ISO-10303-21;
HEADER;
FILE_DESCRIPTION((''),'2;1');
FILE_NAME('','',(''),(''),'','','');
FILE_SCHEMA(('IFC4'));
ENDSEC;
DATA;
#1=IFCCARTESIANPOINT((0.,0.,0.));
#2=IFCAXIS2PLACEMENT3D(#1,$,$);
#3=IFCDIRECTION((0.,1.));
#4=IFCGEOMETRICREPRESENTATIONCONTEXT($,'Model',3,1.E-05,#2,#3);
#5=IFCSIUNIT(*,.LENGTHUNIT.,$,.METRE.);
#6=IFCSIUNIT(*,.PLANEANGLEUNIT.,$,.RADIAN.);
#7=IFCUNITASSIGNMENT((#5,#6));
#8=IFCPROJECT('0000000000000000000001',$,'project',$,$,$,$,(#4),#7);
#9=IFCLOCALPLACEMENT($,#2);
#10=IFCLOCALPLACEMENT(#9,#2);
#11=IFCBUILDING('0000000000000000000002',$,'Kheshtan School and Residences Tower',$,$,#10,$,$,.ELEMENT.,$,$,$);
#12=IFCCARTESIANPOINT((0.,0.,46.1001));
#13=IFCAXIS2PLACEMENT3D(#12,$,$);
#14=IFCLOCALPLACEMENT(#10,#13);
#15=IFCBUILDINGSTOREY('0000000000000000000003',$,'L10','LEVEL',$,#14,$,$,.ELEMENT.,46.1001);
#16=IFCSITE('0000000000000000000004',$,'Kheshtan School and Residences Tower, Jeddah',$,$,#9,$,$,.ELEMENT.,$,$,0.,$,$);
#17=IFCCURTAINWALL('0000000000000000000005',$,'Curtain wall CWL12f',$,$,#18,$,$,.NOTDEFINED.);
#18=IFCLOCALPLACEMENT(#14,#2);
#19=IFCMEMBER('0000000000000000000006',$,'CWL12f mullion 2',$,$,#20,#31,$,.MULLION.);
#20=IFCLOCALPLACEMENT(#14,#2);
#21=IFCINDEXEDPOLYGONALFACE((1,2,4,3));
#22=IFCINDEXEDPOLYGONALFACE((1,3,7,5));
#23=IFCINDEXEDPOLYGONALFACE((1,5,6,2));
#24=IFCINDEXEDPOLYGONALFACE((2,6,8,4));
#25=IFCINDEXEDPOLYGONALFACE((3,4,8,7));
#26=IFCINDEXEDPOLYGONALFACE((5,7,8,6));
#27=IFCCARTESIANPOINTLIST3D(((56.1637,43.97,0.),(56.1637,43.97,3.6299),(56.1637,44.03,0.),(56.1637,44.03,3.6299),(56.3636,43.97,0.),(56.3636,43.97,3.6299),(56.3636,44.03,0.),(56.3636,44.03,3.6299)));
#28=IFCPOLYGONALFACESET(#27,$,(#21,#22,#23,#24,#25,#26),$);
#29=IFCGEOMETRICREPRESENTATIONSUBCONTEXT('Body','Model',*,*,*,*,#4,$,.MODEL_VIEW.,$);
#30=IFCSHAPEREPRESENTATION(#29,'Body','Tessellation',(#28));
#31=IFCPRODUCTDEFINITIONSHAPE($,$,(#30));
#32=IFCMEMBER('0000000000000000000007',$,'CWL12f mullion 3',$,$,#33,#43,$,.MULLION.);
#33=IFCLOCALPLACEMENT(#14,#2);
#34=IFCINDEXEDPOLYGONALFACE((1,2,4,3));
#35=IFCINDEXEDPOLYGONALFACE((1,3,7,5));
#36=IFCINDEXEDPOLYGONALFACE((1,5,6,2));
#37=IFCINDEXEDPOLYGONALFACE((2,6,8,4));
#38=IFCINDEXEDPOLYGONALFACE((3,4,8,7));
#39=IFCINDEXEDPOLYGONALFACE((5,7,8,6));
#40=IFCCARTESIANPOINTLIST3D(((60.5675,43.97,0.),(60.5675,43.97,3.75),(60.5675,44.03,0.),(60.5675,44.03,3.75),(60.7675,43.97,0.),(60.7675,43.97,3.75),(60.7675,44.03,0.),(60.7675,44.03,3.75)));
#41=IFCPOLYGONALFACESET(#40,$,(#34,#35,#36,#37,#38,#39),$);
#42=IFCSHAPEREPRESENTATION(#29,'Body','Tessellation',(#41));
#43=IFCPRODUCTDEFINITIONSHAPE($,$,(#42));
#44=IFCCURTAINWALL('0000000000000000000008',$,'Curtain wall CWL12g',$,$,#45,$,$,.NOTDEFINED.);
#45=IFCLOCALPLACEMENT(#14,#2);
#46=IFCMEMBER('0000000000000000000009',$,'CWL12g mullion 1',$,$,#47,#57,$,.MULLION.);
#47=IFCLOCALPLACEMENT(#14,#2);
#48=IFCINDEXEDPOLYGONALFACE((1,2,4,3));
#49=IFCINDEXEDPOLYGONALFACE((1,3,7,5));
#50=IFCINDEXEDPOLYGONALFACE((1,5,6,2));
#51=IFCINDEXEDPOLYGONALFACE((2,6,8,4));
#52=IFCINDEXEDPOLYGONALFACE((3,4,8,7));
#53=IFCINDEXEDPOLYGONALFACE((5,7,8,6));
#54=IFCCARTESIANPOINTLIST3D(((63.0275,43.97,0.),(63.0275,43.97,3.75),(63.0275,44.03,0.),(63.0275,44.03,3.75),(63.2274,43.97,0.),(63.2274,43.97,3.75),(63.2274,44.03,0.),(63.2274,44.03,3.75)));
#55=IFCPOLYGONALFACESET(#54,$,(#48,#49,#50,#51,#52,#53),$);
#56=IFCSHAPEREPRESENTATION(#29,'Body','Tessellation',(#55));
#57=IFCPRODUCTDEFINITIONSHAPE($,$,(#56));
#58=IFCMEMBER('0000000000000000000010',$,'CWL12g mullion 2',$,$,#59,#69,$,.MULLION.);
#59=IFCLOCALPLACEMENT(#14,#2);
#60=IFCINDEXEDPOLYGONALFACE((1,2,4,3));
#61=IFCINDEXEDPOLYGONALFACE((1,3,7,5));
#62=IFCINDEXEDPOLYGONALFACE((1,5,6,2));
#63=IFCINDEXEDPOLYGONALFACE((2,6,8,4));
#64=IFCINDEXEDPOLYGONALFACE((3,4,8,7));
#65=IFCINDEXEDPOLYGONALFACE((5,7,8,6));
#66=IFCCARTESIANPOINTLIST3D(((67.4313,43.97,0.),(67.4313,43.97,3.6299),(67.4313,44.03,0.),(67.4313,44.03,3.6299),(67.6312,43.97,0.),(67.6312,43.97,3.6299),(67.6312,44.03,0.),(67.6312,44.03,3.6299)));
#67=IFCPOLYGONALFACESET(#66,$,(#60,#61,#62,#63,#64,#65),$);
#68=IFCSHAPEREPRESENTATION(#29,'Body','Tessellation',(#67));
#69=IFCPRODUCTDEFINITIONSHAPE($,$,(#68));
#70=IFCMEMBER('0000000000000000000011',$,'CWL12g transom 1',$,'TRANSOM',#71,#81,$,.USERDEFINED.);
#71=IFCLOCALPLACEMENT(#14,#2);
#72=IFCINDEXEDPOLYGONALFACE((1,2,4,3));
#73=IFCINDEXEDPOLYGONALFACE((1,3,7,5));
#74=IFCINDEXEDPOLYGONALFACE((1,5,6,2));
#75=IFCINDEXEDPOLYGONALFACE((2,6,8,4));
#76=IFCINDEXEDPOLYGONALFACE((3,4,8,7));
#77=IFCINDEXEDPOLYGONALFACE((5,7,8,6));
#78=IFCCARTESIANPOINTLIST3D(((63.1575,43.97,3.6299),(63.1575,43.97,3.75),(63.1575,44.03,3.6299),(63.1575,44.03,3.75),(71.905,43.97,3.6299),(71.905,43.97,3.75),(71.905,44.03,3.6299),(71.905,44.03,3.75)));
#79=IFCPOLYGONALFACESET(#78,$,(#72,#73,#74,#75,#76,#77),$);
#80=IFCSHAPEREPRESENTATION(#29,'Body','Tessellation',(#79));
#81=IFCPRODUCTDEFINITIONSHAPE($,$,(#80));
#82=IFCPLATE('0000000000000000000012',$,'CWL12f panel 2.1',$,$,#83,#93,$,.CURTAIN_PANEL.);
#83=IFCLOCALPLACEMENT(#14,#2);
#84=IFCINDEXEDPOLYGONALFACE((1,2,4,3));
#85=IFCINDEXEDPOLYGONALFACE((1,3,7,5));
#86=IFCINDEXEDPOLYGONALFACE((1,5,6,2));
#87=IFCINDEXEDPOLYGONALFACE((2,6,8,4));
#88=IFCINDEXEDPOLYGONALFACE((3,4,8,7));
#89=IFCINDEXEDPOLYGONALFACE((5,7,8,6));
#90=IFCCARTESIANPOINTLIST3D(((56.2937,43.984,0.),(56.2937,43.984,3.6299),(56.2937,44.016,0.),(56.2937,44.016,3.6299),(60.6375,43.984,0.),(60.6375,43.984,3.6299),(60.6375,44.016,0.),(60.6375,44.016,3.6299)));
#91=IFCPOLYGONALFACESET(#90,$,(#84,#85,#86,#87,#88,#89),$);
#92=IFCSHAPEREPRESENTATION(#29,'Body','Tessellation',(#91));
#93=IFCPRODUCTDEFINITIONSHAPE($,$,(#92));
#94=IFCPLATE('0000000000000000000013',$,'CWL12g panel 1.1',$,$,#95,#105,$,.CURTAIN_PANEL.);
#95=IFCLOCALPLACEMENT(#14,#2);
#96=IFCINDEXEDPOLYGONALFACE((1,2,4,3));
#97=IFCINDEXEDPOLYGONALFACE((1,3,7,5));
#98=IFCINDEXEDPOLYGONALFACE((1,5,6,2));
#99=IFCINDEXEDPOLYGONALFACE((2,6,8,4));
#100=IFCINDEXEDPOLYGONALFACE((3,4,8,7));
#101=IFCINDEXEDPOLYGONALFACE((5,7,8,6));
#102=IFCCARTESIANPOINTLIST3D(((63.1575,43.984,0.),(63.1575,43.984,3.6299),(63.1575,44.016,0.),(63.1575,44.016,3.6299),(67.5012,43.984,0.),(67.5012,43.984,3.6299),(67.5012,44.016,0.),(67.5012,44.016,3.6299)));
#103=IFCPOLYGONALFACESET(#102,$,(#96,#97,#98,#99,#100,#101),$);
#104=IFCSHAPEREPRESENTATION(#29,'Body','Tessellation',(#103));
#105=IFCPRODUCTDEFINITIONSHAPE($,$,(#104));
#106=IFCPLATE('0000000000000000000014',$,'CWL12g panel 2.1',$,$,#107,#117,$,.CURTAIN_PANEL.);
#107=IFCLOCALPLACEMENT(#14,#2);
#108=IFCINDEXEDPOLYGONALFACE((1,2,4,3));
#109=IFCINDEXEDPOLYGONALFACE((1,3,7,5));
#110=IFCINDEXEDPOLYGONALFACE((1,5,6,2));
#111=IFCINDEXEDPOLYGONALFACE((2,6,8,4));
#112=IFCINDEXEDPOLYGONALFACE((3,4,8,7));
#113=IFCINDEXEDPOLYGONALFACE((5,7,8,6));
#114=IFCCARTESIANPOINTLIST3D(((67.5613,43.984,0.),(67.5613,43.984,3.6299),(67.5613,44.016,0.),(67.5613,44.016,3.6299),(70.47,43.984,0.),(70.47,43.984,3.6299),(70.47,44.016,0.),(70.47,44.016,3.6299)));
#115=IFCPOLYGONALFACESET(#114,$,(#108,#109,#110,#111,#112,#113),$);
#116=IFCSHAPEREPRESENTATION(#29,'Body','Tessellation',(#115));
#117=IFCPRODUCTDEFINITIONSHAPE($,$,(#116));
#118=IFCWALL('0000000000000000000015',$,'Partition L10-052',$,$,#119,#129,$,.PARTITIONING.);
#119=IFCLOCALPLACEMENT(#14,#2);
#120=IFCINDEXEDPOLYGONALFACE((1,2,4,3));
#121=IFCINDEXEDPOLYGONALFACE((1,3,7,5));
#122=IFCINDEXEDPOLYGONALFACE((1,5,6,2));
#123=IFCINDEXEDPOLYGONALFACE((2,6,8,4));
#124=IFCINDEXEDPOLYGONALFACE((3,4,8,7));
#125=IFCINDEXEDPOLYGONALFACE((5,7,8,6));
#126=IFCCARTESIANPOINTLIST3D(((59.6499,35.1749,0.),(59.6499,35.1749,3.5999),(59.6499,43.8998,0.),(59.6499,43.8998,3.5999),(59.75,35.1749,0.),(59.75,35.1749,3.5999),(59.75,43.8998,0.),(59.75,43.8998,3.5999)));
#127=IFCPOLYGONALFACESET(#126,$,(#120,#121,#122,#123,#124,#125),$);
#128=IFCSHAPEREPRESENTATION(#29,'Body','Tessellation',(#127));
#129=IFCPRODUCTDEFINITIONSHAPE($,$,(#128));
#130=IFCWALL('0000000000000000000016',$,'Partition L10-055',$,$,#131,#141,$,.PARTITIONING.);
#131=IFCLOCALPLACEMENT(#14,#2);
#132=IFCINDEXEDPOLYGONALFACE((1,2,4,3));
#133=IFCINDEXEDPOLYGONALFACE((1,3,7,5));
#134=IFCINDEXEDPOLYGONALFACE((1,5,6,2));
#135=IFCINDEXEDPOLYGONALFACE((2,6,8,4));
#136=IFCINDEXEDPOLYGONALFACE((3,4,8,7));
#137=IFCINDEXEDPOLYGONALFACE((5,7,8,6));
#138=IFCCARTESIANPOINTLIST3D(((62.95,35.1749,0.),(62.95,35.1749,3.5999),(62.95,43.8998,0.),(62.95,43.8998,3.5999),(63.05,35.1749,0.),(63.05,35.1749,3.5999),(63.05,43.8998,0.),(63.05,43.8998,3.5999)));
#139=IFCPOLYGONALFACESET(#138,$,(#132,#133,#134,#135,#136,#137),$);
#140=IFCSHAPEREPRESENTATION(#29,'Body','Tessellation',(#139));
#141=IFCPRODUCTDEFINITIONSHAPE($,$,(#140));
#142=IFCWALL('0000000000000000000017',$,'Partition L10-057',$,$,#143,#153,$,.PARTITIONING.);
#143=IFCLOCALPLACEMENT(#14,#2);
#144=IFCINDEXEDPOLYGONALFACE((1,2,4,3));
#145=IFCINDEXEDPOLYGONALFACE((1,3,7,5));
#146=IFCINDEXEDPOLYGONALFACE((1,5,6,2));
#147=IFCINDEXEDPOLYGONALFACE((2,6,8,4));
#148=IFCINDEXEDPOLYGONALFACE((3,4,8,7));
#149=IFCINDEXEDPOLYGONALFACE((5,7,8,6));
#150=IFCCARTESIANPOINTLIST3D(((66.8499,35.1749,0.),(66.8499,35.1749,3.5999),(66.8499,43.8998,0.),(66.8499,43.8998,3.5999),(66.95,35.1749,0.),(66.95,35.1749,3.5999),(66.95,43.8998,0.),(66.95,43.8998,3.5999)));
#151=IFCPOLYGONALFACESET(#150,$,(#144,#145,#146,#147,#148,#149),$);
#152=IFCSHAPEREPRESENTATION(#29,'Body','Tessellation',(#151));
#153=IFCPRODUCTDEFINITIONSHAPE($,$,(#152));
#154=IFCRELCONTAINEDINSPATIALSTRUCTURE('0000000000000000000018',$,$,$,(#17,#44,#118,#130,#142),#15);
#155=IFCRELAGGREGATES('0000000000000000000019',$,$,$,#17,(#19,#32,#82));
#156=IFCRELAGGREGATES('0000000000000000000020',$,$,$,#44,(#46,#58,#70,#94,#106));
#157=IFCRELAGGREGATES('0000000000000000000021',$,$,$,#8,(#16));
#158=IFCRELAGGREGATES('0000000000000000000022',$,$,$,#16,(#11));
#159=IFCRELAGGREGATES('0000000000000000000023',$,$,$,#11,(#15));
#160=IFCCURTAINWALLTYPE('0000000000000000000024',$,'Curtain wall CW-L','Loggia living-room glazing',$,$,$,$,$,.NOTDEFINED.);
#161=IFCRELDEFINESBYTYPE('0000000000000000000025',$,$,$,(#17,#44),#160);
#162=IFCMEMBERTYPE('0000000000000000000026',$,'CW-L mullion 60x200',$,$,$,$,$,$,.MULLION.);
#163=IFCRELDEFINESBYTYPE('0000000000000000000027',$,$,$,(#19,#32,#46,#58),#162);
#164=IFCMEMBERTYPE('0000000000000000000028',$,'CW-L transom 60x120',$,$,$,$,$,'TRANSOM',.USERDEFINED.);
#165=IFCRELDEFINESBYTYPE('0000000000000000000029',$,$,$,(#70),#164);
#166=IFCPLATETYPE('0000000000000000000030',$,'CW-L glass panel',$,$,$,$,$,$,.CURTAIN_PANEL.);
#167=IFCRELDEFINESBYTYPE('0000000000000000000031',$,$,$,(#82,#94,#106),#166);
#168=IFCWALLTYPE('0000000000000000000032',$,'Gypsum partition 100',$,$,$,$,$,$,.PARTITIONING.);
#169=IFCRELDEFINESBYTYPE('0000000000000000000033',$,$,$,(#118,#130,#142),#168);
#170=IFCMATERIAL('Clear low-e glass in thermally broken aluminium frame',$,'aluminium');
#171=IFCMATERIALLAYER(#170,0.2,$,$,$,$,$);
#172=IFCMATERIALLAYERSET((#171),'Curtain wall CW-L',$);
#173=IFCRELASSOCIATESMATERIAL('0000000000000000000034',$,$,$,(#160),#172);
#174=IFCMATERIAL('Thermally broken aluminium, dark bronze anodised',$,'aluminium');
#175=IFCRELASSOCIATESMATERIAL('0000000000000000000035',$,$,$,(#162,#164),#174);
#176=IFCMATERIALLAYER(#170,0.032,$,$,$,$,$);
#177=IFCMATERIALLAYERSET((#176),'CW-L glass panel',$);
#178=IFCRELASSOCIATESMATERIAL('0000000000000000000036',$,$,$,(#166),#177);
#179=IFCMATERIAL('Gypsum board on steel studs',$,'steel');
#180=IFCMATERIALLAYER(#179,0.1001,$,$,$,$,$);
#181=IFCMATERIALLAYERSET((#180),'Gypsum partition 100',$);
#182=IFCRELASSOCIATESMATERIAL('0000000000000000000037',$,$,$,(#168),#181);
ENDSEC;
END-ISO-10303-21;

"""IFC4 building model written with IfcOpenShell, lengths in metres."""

from ifc_helpers import new_model, si_unit, direction, frame, frame_2d, origin, origin_2d, place, context, subcontext, project, spatial, rectangle, extrude, material, layer, layer_set, material_profile, profile_set, type_object, element, aggregate, save


model = new_model("IFC4")

# Units and contexts
model_context = context("Model", 3, precision=1e-05, world=origin(), true_north=direction((0.0, 1.0)))
body_context = subcontext(model_context, "Body", "Model", "MODEL_VIEW")
ifc_project = project(units=[si_unit("LENGTHUNIT", "METRE"), si_unit("PLANEANGLEUNIT", "RADIAN")], contexts=[model_context])

# Site, building, storey
site_placement = place(None, origin())
site = spatial("IfcSite", under=ifc_project, at=site_placement, Name="Kheshtan School and Residences Tower, Jeddah", CompositionType="ELEMENT", RefElevation=0.0)
building_placement = place(site_placement, origin())
building = spatial("IfcBuilding", under=site, at=building_placement, Name="Kheshtan School and Residences Tower", CompositionType="ELEMENT")
storey_placement = place(building_placement, frame((0.0, 0.0, 46.1001)))
storey = spatial("IfcBuildingStorey", under=building, at=storey_placement, Name="L10", Description="LEVEL", CompositionType="ELEMENT", Elevation=46.1001)

# Curtain walls, members
ifc_material_1 = material(Name="Clear low-e glass in thermally broken aluminium frame", Category="aluminium")
ifc_layer_1 = layer(ifc_material_1, 0.2)
ifc_layer_set_1 = layer_set([ifc_layer_1], Name="Curtain wall CW-L")
curtain_wall_type = type_object("IfcCurtainWallType", Name="Curtain wall CW-L", Description="Loggia living-room glazing", PredefinedType="NOTDEFINED", material=ifc_layer_set_1)
curtain_wall_1_placement = place(storey_placement, origin())
curtain_wall_1 = element("IfcCurtainWall", 1, at=curtain_wall_1_placement, inside=storey, type_object=curtain_wall_type, Name="Curtain wall CWL12f", PredefinedType="NOTDEFINED")
ifc_material_2 = material(Name="Thermally broken aluminium, dark bronze anodised", Category="aluminium")
ifc_material_profile_1 = material_profile(ifc_material_2, rectangle(XDim=0.0601, YDim=0.2, at=origin_2d()), Name="CW-L mullion 60x200")
ifc_profile_set_1 = profile_set([ifc_material_profile_1], Name="Thermally broken aluminium, dark bronze anodised")
member_type_1 = type_object("IfcMemberType", Name="CW-L mullion 60x200", PredefinedType="MULLION", material=ifc_profile_set_1)
member_1_placement = place(storey_placement, frame((56.2637, 44.0, 0.0), z_axis=(0.0, 0.0, 1.0), x_axis=(0.0, 1.0, 0.0)))
member_1 = element("IfcMember", 2, at=member_1_placement, type_object=member_type_1, Name="CWL12f mullion 2", PredefinedType="MULLION", context=body_context, shape_type="SweptSolid", body=[
    extrude(rectangle(XDim=0.0601, YDim=0.2, at=origin_2d()), origin(), (0.0, 0.0, 1.0), 3.6299),
])
member_2_placement = place(storey_placement, frame((60.6675, 44.0, 0.0), z_axis=(0.0, 0.0, 1.0), x_axis=(0.0, 1.0, 0.0)))
member_2 = element("IfcMember", 3, at=member_2_placement, type_object=member_type_1, Name="CWL12f mullion 3", PredefinedType="MULLION", context=body_context, shape_type="SweptSolid", body=[
    extrude(rectangle(XDim=0.0601, YDim=0.2, at=origin_2d()), origin(), (0.0, 0.0, 1.0), 3.75),
])
curtain_wall_2_placement = place(storey_placement, origin())
curtain_wall_2 = element("IfcCurtainWall", 4, at=curtain_wall_2_placement, inside=storey, type_object=curtain_wall_type, Name="Curtain wall CWL12g", PredefinedType="NOTDEFINED")
member_3_placement = place(storey_placement, frame((63.1274, 44.0, 0.0), z_axis=(0.0, 0.0, 1.0), x_axis=(0.0, 1.0, 0.0)))
member_3 = element("IfcMember", 5, at=member_3_placement, type_object=member_type_1, Name="CWL12g mullion 1", PredefinedType="MULLION", context=body_context, shape_type="SweptSolid", body=[
    extrude(rectangle(XDim=0.0601, YDim=0.2, at=origin_2d()), origin(), (0.0, 0.0, 1.0), 3.75),
])
member_4_placement = place(storey_placement, frame((67.5312, 44.0, 0.0), z_axis=(0.0, 0.0, 1.0), x_axis=(0.0, 1.0, 0.0)))
member_4 = element("IfcMember", 6, at=member_4_placement, type_object=member_type_1, Name="CWL12g mullion 2", PredefinedType="MULLION", context=body_context, shape_type="SweptSolid", body=[
    extrude(rectangle(XDim=0.0601, YDim=0.2, at=origin_2d()), origin(), (0.0, 0.0, 1.0), 3.6299),
])
ifc_material_profile_2 = material_profile(ifc_material_2, rectangle(XDim=0.0601, YDim=0.1201, at=origin_2d()), Name="CW-L transom 60x120")
ifc_profile_set_2 = profile_set([ifc_material_profile_2], Name="Thermally broken aluminium, dark bronze anodised")
member_type_2 = type_object("IfcMemberType", Name="CW-L transom 60x120", ElementType="TRANSOM", PredefinedType="USERDEFINED", material=ifc_profile_set_2)
member_5_placement = place(storey_placement, frame((63.1575, 44.0, 3.6899), z_axis=(1.0, 0.0, 0.0), x_axis=(0.0, 1.0, 0.0)))
member_5 = element("IfcMember", 7, at=member_5_placement, type_object=member_type_2, Name="CWL12g transom 1", ObjectType="TRANSOM", PredefinedType="USERDEFINED", context=body_context, shape_type="SweptSolid", body=[
    extrude(rectangle(XDim=0.0601, YDim=0.1201, at=origin_2d()), origin(), (0.0, 0.0, 1.0), 8.7476),
])

# Plates
ifc_layer_2 = layer(ifc_material_1, 0.032)
ifc_layer_set_2 = layer_set([ifc_layer_2], Name="CW-L glass panel")
plate_type = type_object("IfcPlateType", Name="CW-L glass panel", PredefinedType="CURTAIN_PANEL", material=ifc_layer_set_2)
plate_1_placement = place(storey_placement, frame((58.4656, 44.0, 0.0), z_axis=(0.0, 0.0, 1.0), x_axis=(1.0, 0.0, 0.0)))
plate_1 = element("IfcPlate", 8, at=plate_1_placement, type_object=plate_type, Name="CWL12f panel 2.1", PredefinedType="CURTAIN_PANEL", context=body_context, shape_type="SweptSolid", body=[
    extrude(rectangle(XDim=4.3438, YDim=0.032, at=origin_2d()), origin(), (0.0, 0.0, 1.0), 3.6299),
])
aggregate(curtain_wall_1, [member_1, member_2, plate_1])
plate_2_placement = place(storey_placement, frame((65.3293, 44.0, 0.0), z_axis=(0.0, 0.0, 1.0), x_axis=(1.0, 0.0, 0.0)))
plate_2 = element("IfcPlate", 9, at=plate_2_placement, type_object=plate_type, Name="CWL12g panel 1.1", PredefinedType="CURTAIN_PANEL", context=body_context, shape_type="SweptSolid", body=[
    extrude(rectangle(XDim=4.3438, YDim=0.032, at=origin_2d()), origin(), (0.0, 0.0, 1.0), 3.6299),
])
plate_3_placement = place(storey_placement, frame((69.0156, 44.0, 0.0), z_axis=(0.0, 0.0, 1.0), x_axis=(1.0, 0.0, 0.0)))
plate_3 = element("IfcPlate", 10, at=plate_3_placement, type_object=plate_type, Name="CWL12g panel 2.1", PredefinedType="CURTAIN_PANEL", context=body_context, shape_type="SweptSolid", body=[
    extrude(rectangle(XDim=2.9087, YDim=0.032, at=origin_2d()), origin(), (0.0, 0.0, 1.0), 3.6299),
])
aggregate(curtain_wall_2, [member_3, member_4, member_5, plate_2, plate_3])

# Walls
ifc_material_3 = material(Name="Gypsum board on steel studs", Category="steel")
ifc_layer_3 = layer(ifc_material_3, 0.1001)
ifc_layer_set_3 = layer_set([ifc_layer_3], Name="Gypsum partition 100")
wall_type_1 = type_object("IfcWallType", Name="Gypsum partition 100", PredefinedType="PARTITIONING", material=ifc_layer_set_3)
for number, where, z_axis, x_axis, name in (
    (11, (59.7, 35.175, 0.0), (0.0, 0.0, 1.0), (0.0, 1.0, 0.0), "Partition L10-052"),
    (12, (63.0, 35.175, 0.0), (0.0, 0.0, 1.0), (0.0, 1.0, 0.0), "Partition L10-055"),
    (13, (66.8999, 35.175, 0.0), (0.0, 0.0, 1.0), (0.0, 1.0, 0.0), "Partition L10-057"),
):
    element("IfcWall", number, at=place(storey_placement, frame(where, z_axis=z_axis, x_axis=x_axis)), inside=storey, type_object=wall_type_1, Name=name, PredefinedType="PARTITIONING", context=body_context, shape_type="SweptSolid", body=[
        extrude(rectangle(XDim=8.7249, YDim=0.1001, at=frame_2d((4.3623, 0.0))), origin(), (0.0, 0.0, 1.0), 3.5999),
    ])

save(model, "model.ifc")
